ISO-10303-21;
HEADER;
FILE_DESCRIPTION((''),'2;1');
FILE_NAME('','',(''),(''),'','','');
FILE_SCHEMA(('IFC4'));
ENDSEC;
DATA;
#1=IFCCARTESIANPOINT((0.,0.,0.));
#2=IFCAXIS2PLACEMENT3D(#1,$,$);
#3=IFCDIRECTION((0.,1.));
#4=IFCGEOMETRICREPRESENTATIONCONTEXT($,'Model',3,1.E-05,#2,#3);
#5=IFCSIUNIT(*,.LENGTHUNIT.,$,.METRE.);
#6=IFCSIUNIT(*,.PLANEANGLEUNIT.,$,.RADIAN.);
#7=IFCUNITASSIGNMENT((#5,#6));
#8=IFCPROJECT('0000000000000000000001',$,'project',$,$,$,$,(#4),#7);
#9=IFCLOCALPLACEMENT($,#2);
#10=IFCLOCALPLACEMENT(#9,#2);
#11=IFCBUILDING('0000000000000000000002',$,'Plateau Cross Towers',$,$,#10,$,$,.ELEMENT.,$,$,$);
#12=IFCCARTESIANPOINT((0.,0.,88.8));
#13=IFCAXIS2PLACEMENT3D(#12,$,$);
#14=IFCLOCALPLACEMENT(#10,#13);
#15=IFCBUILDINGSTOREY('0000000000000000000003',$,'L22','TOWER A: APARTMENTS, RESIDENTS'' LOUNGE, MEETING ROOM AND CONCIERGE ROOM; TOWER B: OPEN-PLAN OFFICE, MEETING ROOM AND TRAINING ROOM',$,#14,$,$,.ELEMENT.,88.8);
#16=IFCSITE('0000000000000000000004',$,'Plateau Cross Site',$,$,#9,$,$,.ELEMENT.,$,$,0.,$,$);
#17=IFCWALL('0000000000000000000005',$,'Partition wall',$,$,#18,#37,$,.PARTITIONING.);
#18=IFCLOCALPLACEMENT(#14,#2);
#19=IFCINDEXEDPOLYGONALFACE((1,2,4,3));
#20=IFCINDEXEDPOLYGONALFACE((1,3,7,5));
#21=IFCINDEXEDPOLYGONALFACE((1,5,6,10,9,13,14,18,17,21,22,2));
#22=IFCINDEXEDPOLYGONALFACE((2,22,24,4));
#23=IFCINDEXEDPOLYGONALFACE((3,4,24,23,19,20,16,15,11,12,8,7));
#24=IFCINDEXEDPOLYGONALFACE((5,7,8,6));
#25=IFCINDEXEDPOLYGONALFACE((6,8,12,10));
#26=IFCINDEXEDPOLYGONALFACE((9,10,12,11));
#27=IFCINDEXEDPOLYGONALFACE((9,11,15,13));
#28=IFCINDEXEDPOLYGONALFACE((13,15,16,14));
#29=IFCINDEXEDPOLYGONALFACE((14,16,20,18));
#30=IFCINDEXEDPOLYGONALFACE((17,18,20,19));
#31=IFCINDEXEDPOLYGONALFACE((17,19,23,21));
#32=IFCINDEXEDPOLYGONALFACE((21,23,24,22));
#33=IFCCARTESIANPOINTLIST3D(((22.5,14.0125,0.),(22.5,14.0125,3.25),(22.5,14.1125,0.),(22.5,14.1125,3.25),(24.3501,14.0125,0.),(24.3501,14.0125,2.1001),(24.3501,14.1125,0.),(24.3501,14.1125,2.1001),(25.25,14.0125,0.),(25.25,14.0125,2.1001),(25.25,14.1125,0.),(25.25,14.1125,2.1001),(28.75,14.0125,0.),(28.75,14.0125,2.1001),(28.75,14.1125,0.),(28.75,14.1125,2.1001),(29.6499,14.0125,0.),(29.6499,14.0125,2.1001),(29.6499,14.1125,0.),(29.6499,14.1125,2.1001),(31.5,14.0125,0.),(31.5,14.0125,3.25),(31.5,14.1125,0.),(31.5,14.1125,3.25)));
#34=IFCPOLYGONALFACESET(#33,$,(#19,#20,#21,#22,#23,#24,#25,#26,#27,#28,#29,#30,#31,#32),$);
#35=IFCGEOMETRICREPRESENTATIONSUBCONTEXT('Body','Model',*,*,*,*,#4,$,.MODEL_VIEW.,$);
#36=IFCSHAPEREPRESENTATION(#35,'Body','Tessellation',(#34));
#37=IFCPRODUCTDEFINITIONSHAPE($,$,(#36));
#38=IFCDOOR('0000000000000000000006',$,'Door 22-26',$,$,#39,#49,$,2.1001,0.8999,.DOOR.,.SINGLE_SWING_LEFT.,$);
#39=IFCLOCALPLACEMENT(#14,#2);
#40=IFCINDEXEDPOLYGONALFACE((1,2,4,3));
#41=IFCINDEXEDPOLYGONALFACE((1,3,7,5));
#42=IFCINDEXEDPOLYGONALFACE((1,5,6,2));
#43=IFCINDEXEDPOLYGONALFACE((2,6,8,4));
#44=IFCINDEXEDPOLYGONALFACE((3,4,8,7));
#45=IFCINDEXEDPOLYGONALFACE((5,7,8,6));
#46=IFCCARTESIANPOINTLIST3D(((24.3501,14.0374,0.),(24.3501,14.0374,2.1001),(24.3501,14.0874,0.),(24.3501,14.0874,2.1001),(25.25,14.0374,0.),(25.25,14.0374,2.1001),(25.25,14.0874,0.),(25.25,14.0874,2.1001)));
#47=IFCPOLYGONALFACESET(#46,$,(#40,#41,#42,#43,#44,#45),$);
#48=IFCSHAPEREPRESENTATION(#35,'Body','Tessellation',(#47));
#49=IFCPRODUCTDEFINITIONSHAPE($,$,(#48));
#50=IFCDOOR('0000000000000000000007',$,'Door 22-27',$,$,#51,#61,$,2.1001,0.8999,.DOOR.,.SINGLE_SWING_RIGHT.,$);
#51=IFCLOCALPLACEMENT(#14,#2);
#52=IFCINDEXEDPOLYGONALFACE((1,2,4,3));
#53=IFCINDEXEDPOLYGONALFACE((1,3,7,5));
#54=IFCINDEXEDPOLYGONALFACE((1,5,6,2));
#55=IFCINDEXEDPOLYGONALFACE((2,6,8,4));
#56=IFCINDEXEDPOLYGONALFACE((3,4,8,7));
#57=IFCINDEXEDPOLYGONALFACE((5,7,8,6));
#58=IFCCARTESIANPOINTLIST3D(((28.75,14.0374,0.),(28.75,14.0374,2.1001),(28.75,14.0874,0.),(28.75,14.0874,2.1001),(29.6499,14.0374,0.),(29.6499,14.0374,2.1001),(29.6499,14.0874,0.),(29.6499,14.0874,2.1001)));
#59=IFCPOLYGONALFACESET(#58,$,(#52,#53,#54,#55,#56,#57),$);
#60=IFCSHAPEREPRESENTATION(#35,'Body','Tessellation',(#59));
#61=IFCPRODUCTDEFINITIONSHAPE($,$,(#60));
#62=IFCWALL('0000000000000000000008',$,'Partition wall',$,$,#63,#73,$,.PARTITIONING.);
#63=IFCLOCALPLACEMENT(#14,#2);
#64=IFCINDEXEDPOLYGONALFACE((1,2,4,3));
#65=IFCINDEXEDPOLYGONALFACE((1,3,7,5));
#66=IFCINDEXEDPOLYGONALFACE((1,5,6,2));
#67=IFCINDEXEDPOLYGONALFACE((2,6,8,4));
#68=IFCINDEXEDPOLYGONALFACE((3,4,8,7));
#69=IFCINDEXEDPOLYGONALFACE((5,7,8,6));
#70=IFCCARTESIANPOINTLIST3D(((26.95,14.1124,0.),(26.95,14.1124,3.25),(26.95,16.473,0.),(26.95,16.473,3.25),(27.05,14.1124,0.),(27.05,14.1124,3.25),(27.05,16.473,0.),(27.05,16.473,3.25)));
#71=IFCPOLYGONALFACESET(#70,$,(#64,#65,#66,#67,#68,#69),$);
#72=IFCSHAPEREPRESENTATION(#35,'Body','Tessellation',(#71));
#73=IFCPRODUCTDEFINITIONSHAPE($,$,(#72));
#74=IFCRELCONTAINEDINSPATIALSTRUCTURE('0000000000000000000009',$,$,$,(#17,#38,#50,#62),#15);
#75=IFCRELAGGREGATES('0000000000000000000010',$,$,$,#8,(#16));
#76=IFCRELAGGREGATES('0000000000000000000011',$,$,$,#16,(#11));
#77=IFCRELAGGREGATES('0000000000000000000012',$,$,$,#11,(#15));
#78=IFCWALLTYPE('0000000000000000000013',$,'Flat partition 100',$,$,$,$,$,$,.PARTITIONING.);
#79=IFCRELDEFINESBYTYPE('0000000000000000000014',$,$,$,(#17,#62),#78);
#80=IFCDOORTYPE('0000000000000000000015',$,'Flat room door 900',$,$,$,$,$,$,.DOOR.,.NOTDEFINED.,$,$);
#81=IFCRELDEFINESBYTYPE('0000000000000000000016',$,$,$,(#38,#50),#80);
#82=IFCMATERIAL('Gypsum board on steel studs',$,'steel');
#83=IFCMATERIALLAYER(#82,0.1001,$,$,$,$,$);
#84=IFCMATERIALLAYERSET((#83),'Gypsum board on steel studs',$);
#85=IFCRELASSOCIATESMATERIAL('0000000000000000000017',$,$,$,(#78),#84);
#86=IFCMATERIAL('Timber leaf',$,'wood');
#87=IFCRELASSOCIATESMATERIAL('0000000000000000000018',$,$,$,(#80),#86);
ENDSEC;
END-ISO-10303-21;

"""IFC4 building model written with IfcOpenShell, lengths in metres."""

from ifc_helpers import new_model, si_unit, direction, frame, frame_2d, origin, place, context, subcontext, project, spatial, rectangle, extrude, material, layer, layer_set, type_object, element, fill, save


model = new_model("IFC4")

# Units and contexts
model_context = context("Model", 3, precision=1e-05, world=origin(), true_north=direction((0.0, 1.0)))
body_context = subcontext(model_context, "Body", "Model", "MODEL_VIEW")
ifc_project = project(units=[si_unit("LENGTHUNIT", "METRE"), si_unit("PLANEANGLEUNIT", "RADIAN")], contexts=[model_context])

# Site, building, storey
site_placement = place(None, origin())
site = spatial("IfcSite", under=ifc_project, at=site_placement, Name="Plateau Cross Site", CompositionType="ELEMENT", RefElevation=0.0)
building_placement = place(site_placement, origin())
building = spatial("IfcBuilding", under=site, at=building_placement, Name="Plateau Cross Towers", CompositionType="ELEMENT")
storey_placement = place(building_placement, frame((0.0, 0.0, 88.8)))
storey = spatial("IfcBuildingStorey", under=building, at=storey_placement, Name="L22", Description="TOWER A: APARTMENTS, RESIDENTS' LOUNGE, MEETING ROOM AND CONCIERGE ROOM; TOWER B: OPEN-PLAN OFFICE, MEETING ROOM AND TRAINING ROOM", CompositionType="ELEMENT", Elevation=88.8)

# Wall, openings, doors
ifc_material_1 = material(Name="Gypsum board on steel studs", Category="steel")
ifc_layer_1 = layer(ifc_material_1, 0.1001)
ifc_layer_set_1 = layer_set([ifc_layer_1], Name="Gypsum board on steel studs")
wall_type_1 = type_object("IfcWallType", Name="Flat partition 100", PredefinedType="PARTITIONING", material=ifc_layer_set_1)
wall_1_placement = place(storey_placement, frame((22.5, 14.0625, 0.0), z_axis=(0.0, 0.0, 1.0), x_axis=(1.0, 0.0, 0.0)))
wall_1 = element("IfcWall", 1, at=wall_1_placement, inside=storey, type_object=wall_type_1, Name="Partition wall", PredefinedType="PARTITIONING", context=body_context, shape_type="SweptSolid", body=[
    extrude(rectangle(XDim=9.0, YDim=0.1001, at=frame_2d((4.5, 0.0))), origin(), (0.0, 0.0, 1.0), 3.25),
])
opening_1_placement = place(wall_1_placement, frame((1.8501, 0.0, 0.0)))
opening_1 = element("IfcOpeningElement", 2, at=opening_1_placement, cuts=wall_1, PredefinedType="OPENING", context=body_context, shape_type="SweptSolid", body=[
    extrude(rectangle(XDim=0.8999, YDim=2.1001, at=frame_2d((0.45, 1.05))), frame((0.0, 0.0601, 0.0), z_axis=(0.0, -1.0, 0.0), x_axis=(1.0, 0.0, 0.0)), (0.0, 0.0, 1.0), 0.1201),
])
opening_2_placement = place(wall_1_placement, frame((6.25, 0.0, 0.0)))
opening_2 = element("IfcOpeningElement", 3, at=opening_2_placement, cuts=wall_1, PredefinedType="OPENING", context=body_context, shape_type="SweptSolid", body=[
    extrude(rectangle(XDim=0.8999, YDim=2.1001, at=frame_2d((0.45, 1.05))), frame((0.0, 0.0601, 0.0), z_axis=(0.0, -1.0, 0.0), x_axis=(1.0, 0.0, 0.0)), (0.0, 0.0, 1.0), 0.1201),
])
ifc_material_2 = material(Name="Timber leaf", Category="wood")
door_type_1 = type_object("IfcDoorType", Name="Flat room door 900", OperationType="NOTDEFINED", PredefinedType="DOOR", material=ifc_material_2)
door_1_placement = place(opening_1_placement, origin())
door_1 = element("IfcDoor", 4, at=door_1_placement, inside=storey, type_object=door_type_1, Name="Door 22-26", OperationType="SINGLE_SWING_LEFT", OverallHeight=2.1001, OverallWidth=0.8999, PredefinedType="DOOR", context=body_context, shape_type="SweptSolid", body=[
    extrude(rectangle(XDim=0.8999, YDim=2.1001, at=frame_2d((0.45, 1.05))), frame((0.0, 0.0249, 0.0), z_axis=(0.0, -1.0, 0.0), x_axis=(1.0, 0.0, 0.0)), (0.0, 0.0, 1.0), 0.05),
])
fill(opening_1, door_1)
door_2_placement = place(opening_2_placement, origin())
door_2 = element("IfcDoor", 5, at=door_2_placement, inside=storey, type_object=door_type_1, Name="Door 22-27", OperationType="SINGLE_SWING_RIGHT", OverallHeight=2.1001, OverallWidth=0.8999, PredefinedType="DOOR", context=body_context, shape_type="SweptSolid", body=[
    extrude(rectangle(XDim=0.8999, YDim=2.1001, at=frame_2d((0.45, 1.05))), frame((0.0, 0.0249, 0.0), z_axis=(0.0, -1.0, 0.0), x_axis=(1.0, 0.0, 0.0)), (0.0, 0.0, 1.0), 0.05),
])
fill(opening_2, door_2)

# Wall
wall_2_placement = place(storey_placement, frame((27.0, 14.1125, 0.0), z_axis=(0.0, 0.0, 1.0), x_axis=(0.0, 1.0, 0.0)))
element("IfcWall", 6, at=wall_2_placement, inside=storey, type_object=wall_type_1, Name="Partition wall", PredefinedType="PARTITIONING", context=body_context, shape_type="SweptSolid", body=[
    extrude(rectangle(XDim=2.3606, YDim=0.1001, at=frame_2d((1.1802, 0.0))), origin(), (0.0, 0.0, 1.0), 3.25),
])

save(model, "model.ifc")
